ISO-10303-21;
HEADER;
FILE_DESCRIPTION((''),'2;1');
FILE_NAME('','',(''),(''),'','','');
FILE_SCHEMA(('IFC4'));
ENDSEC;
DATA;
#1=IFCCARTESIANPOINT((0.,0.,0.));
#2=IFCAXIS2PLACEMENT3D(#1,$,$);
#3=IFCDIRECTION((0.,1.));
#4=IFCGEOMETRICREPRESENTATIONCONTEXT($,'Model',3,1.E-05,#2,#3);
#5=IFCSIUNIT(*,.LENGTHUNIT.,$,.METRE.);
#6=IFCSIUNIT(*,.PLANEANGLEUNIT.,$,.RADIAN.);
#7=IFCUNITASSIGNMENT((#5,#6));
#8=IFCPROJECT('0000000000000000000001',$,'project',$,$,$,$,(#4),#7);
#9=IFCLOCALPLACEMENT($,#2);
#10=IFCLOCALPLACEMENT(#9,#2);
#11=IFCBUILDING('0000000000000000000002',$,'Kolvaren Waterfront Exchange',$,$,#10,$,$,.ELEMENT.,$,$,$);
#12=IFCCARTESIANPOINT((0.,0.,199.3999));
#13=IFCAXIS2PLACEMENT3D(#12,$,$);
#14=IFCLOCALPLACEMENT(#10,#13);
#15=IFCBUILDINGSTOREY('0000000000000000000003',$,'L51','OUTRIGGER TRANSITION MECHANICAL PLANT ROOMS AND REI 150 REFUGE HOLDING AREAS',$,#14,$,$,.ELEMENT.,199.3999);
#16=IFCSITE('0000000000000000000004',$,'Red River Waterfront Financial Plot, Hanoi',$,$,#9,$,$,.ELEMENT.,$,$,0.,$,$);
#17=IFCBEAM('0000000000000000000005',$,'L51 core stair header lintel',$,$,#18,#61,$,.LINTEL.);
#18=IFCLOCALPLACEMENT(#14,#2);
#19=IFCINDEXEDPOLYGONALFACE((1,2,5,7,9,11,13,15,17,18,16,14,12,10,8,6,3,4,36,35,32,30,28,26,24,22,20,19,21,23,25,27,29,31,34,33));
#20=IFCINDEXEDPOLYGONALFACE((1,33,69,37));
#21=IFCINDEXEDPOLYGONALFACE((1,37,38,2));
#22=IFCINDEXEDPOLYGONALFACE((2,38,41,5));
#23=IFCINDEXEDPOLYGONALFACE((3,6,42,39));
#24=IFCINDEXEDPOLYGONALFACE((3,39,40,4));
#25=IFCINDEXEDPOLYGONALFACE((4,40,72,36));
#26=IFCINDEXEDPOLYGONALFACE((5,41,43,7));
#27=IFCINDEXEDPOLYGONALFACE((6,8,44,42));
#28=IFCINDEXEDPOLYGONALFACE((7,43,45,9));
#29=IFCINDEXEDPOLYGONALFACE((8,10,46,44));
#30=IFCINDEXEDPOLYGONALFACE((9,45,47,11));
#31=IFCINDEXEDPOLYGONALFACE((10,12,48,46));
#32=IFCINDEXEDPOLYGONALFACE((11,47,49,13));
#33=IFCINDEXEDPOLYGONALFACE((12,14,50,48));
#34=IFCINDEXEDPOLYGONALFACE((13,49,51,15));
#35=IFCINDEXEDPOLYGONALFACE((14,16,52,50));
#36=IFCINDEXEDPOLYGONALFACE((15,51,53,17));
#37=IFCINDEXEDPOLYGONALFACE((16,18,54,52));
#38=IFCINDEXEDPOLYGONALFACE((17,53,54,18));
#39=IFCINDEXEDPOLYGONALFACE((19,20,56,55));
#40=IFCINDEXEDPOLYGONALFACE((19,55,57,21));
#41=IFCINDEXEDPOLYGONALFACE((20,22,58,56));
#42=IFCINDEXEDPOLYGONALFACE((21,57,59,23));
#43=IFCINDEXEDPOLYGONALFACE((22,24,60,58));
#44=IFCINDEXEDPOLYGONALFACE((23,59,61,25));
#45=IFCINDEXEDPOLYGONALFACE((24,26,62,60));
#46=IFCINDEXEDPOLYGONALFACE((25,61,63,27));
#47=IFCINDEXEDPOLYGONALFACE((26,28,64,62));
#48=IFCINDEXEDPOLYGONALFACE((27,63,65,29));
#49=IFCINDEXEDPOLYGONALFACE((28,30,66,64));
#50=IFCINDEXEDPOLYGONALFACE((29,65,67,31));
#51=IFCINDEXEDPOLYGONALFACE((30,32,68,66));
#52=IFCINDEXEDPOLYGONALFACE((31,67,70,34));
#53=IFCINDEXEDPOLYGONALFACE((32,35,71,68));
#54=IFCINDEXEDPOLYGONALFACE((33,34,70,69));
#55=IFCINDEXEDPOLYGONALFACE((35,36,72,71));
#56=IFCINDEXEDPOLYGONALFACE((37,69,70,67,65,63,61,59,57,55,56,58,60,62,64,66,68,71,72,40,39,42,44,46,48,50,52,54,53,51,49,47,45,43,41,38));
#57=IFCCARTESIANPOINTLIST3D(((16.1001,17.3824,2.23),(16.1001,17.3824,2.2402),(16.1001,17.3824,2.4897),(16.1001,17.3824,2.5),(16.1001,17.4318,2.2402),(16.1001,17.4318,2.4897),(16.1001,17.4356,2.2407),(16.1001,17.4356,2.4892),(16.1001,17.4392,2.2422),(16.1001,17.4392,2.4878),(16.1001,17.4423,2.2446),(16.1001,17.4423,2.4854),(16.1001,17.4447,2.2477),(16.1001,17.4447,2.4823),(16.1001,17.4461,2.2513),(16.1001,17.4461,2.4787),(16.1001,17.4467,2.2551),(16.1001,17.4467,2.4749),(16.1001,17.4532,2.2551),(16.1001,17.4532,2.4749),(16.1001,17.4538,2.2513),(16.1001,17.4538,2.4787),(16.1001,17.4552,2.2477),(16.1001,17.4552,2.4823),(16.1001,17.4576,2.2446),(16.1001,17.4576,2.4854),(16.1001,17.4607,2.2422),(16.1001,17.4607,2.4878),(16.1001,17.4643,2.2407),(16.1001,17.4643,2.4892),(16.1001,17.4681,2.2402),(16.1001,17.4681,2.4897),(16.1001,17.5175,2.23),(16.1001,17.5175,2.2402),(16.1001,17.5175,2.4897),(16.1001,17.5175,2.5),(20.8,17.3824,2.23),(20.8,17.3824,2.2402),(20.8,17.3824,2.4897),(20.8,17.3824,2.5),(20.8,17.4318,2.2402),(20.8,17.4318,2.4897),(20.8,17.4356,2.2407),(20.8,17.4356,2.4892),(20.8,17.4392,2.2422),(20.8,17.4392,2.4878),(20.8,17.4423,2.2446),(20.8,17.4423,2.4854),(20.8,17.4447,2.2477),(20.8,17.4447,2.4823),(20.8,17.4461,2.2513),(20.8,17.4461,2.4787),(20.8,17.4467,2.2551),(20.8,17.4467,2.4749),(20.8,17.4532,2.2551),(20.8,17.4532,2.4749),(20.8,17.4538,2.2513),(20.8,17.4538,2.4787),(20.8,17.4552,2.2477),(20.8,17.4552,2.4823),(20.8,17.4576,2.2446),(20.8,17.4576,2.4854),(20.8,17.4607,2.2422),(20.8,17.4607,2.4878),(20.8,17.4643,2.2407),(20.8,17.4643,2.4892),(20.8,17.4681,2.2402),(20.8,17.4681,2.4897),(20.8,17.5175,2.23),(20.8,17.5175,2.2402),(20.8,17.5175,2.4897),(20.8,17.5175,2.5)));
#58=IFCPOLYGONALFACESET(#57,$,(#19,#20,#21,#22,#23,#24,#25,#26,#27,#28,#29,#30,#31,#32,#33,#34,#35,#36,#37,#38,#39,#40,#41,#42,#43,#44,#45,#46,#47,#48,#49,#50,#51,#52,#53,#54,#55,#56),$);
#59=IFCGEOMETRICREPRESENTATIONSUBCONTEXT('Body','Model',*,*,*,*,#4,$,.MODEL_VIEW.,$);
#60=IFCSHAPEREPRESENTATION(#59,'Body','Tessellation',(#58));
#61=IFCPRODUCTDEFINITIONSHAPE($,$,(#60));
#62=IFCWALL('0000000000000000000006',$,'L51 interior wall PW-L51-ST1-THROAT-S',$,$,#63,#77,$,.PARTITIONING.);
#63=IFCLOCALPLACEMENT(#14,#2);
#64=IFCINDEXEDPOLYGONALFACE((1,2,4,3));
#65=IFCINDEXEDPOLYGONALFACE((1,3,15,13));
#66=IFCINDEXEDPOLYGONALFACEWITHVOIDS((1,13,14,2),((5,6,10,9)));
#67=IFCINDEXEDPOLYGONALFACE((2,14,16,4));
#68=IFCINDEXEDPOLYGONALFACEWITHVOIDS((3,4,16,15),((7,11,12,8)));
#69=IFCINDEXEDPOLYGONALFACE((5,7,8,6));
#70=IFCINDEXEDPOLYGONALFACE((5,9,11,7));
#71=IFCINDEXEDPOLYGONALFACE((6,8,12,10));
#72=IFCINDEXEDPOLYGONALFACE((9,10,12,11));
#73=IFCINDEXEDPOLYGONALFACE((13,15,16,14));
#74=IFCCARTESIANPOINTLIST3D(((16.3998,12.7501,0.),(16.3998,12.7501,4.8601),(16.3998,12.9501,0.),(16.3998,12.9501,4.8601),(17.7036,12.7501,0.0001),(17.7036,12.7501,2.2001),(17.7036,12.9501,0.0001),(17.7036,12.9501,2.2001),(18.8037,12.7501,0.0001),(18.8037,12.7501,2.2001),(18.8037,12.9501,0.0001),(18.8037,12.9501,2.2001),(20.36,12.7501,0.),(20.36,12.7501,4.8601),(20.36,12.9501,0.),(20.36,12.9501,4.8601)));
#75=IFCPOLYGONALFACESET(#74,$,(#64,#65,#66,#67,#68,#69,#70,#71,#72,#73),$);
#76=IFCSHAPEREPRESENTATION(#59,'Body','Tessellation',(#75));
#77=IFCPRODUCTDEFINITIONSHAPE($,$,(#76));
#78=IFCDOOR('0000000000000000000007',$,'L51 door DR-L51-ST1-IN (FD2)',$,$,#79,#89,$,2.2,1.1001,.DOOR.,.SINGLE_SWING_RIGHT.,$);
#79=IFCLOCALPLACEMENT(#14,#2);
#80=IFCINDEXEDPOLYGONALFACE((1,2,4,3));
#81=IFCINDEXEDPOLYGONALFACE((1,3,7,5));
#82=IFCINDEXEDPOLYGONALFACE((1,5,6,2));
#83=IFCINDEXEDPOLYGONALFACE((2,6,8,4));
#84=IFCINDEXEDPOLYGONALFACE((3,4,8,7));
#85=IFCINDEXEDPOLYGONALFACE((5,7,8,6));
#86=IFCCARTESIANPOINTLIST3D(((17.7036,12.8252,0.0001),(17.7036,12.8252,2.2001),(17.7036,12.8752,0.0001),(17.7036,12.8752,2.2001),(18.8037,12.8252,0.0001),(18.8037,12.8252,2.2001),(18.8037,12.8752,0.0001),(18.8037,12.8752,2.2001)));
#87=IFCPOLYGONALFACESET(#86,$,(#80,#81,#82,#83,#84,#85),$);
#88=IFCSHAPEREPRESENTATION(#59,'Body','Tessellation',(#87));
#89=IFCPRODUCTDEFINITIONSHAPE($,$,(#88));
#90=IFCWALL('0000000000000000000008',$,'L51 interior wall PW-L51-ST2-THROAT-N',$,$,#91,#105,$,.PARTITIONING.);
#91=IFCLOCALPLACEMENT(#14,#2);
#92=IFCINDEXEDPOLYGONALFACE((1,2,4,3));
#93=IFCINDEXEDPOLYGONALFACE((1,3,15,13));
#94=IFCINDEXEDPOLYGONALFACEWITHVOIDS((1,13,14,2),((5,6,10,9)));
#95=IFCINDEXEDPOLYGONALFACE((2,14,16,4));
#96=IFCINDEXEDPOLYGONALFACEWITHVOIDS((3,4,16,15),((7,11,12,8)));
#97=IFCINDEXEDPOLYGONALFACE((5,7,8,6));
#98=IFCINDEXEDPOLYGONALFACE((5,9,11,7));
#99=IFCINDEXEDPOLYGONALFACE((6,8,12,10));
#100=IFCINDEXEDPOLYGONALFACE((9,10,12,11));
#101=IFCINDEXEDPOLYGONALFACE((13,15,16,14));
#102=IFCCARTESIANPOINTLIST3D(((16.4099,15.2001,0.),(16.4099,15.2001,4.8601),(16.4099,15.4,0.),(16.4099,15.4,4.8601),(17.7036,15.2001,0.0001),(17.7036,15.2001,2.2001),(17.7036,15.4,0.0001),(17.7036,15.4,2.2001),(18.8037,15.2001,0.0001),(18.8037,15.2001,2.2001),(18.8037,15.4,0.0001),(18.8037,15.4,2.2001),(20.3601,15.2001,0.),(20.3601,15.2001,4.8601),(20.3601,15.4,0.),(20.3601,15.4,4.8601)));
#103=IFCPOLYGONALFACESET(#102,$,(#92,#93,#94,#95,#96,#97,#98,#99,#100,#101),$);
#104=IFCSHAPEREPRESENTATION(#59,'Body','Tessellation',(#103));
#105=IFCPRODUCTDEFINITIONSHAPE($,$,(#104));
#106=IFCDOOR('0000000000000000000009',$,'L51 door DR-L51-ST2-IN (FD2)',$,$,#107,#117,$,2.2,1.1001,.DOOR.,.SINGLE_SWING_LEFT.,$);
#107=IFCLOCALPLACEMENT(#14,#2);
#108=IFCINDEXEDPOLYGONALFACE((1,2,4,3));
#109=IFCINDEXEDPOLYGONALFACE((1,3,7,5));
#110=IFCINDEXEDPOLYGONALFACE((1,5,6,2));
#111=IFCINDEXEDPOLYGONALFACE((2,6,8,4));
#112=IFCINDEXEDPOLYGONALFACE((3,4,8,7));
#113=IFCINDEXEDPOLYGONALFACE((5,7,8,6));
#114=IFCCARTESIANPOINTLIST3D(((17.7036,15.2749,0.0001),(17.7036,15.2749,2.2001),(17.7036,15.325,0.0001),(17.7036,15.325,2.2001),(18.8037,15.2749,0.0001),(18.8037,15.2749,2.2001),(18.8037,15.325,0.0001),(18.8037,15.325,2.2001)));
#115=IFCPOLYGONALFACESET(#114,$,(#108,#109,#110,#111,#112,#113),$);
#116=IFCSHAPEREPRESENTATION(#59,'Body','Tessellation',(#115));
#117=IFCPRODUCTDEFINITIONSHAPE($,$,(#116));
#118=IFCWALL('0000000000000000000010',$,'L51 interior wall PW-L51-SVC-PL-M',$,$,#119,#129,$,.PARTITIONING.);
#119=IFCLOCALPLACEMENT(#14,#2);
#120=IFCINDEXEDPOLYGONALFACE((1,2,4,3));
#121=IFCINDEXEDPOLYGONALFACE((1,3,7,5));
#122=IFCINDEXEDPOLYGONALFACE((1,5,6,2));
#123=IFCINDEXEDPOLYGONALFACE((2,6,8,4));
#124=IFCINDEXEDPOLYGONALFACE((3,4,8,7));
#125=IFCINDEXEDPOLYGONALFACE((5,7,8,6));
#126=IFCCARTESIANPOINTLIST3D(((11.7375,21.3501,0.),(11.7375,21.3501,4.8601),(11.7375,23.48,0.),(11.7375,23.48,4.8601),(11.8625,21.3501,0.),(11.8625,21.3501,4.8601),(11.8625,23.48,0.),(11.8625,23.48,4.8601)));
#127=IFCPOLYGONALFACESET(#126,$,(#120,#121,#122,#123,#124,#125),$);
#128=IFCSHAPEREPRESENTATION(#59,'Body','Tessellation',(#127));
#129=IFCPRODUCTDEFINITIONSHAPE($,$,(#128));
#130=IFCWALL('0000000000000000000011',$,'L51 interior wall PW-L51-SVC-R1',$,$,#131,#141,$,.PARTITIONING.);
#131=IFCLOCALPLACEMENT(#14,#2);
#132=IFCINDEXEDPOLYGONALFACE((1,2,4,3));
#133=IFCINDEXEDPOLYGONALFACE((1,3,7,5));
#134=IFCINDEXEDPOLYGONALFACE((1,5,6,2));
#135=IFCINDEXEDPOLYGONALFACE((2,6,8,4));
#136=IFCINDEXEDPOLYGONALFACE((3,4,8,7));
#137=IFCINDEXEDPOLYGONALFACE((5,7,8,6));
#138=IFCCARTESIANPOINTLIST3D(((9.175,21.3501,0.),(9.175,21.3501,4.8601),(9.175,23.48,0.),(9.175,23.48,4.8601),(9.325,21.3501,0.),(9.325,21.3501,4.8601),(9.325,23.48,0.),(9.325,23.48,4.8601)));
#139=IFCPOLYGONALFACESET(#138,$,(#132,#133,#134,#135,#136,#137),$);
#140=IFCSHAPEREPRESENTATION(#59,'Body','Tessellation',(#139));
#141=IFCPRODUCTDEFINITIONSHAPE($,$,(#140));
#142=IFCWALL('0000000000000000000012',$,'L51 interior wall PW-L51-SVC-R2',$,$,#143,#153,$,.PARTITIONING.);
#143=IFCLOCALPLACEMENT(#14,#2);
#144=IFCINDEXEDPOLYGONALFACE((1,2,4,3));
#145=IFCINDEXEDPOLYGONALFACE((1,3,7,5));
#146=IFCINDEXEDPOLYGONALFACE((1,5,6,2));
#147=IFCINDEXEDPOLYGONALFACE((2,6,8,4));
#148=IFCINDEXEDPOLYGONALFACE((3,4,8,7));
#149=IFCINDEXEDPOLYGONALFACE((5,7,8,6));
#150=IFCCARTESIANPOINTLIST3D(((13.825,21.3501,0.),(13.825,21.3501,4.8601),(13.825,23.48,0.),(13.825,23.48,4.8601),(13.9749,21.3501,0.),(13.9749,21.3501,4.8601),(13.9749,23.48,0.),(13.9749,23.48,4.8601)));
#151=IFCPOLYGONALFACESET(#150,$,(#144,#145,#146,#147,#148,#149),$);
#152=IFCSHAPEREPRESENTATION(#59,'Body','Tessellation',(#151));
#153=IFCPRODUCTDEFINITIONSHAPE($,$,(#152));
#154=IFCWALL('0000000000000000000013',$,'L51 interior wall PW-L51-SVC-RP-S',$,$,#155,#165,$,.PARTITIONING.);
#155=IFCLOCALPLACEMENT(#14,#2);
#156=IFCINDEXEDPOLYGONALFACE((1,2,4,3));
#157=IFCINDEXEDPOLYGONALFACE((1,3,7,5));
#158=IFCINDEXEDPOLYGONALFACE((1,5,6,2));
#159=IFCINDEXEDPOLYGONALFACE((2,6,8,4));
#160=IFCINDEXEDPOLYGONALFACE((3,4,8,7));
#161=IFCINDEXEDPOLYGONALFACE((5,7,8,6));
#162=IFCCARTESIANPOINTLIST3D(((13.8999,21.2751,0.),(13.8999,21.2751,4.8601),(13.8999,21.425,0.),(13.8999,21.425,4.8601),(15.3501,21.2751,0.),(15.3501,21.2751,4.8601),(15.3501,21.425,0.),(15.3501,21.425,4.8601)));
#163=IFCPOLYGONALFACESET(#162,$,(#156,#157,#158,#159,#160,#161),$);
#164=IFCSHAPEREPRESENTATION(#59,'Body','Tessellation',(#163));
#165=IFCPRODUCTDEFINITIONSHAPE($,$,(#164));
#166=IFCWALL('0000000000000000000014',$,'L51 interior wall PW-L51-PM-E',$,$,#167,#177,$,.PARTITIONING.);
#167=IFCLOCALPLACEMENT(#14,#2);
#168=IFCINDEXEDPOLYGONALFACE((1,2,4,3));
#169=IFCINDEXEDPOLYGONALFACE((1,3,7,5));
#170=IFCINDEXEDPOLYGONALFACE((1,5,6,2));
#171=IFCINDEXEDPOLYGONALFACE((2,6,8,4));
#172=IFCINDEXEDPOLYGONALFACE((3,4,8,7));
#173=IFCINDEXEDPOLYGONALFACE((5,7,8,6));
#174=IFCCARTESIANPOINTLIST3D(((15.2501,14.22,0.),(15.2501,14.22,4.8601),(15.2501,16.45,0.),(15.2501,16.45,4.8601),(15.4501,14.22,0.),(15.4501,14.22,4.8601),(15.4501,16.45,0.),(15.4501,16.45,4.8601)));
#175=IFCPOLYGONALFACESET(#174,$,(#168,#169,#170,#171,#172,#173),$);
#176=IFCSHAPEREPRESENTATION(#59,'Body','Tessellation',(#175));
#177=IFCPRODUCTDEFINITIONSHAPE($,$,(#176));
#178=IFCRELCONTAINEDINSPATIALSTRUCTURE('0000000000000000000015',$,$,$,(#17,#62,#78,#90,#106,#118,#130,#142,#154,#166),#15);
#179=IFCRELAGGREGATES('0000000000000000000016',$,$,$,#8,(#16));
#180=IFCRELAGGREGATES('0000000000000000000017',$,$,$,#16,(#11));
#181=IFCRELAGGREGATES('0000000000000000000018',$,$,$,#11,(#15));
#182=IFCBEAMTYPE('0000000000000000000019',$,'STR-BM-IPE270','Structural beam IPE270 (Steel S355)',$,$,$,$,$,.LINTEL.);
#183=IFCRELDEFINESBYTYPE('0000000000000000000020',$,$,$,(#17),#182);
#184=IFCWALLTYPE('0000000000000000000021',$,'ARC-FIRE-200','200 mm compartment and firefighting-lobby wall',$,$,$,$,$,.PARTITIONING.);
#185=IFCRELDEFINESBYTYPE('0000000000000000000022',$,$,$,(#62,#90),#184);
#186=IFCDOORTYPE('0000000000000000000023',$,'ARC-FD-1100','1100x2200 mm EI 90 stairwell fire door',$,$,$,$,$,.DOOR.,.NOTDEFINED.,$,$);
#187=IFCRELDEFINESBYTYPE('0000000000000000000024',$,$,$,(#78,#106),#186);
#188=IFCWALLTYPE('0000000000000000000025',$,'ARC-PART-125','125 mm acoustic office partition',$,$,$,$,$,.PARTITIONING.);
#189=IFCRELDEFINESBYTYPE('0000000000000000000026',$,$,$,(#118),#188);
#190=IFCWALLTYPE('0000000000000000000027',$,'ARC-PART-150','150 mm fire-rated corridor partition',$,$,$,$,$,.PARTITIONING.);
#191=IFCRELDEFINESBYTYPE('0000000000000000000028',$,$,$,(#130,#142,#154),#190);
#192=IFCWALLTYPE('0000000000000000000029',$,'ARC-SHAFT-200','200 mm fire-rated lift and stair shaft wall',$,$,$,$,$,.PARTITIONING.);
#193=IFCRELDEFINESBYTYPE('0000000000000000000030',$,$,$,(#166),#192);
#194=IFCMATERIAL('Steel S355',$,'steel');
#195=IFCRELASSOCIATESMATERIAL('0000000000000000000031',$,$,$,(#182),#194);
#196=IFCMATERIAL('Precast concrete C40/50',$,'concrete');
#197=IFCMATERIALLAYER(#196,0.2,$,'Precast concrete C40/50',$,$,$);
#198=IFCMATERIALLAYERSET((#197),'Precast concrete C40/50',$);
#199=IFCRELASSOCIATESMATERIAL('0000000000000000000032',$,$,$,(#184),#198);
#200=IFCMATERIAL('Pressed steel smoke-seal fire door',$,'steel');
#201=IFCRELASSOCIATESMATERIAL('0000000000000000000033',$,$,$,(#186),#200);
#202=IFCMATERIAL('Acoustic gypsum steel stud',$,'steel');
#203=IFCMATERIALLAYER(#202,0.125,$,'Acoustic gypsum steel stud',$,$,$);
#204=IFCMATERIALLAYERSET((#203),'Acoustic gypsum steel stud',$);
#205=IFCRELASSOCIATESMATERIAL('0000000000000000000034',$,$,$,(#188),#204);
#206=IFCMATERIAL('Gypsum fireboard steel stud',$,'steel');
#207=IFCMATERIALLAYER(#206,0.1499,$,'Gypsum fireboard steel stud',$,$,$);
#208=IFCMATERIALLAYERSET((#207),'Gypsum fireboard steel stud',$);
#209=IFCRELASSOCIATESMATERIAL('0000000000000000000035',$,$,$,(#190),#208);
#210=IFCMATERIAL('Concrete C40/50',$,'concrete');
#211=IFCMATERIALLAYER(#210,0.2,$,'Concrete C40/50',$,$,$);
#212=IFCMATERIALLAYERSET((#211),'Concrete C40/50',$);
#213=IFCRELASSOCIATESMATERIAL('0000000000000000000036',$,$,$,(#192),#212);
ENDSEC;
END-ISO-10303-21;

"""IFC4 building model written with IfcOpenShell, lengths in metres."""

from ifc_helpers import new_model, si_unit, direction, frame, frame_2d, origin, origin_2d, place, context, subcontext, project, spatial, rectangle, i_section, extrude, material, layer, layer_set, material_profile, profile_set, type_object, element, fill, save


model = new_model("IFC4")

# Units and contexts
model_context = context("Model", 3, precision=1e-05, world=origin(), true_north=direction((0.0, 1.0)))
body_context = subcontext(model_context, "Body", "Model", "MODEL_VIEW")
ifc_project = project(units=[si_unit("LENGTHUNIT", "METRE"), si_unit("PLANEANGLEUNIT", "RADIAN")], contexts=[model_context])

# Site, building, storey
site_placement = place(None, origin())
site = spatial("IfcSite", under=ifc_project, at=site_placement, Name="Red River Waterfront Financial Plot, Hanoi", CompositionType="ELEMENT", RefElevation=0.0)
building_placement = place(site_placement, origin())
building = spatial("IfcBuilding", under=site, at=building_placement, Name="Kolvaren Waterfront Exchange", CompositionType="ELEMENT")
storey_placement = place(building_placement, frame((0.0, 0.0, 199.3999)))
storey = spatial("IfcBuildingStorey", under=building, at=storey_placement, Name="L51", Description="OUTRIGGER TRANSITION MECHANICAL PLANT ROOMS AND REI 150 REFUGE HOLDING AREAS", CompositionType="ELEMENT", Elevation=199.3999)

# Beam
ifc_material_1 = material(Name="Steel S355", Category="steel")
ifc_material_profile = material_profile(ifc_material_1, i_section(OverallWidth=0.135, OverallDepth=0.27, WebThickness=0.0066, FlangeThickness=0.0103, FilletRadius=0.0149, at=origin_2d()), Name="IPE270")
ifc_profile_set = profile_set([ifc_material_profile], Name="Steel S355")
beam_type = type_object("IfcBeamType", Name="STR-BM-IPE270", Description="Structural beam IPE270 (Steel S355)", PredefinedType="LINTEL", material=ifc_profile_set)
beam_placement = place(storey_placement, frame((16.1001, 17.45, 2.365), z_axis=(1.0, 0.0, 0.0), x_axis=(0.0, 1.0, 0.0)))
element("IfcBeam", 1, at=beam_placement, inside=storey, type_object=beam_type, Name="L51 core stair header lintel", PredefinedType="LINTEL", context=body_context, shape_type="SweptSolid", body=[
    extrude(i_section(OverallWidth=0.135, OverallDepth=0.27, WebThickness=0.0066, FlangeThickness=0.0103, FilletRadius=0.0149, at=origin_2d()), origin(), (0.0, 0.0, 1.0), 4.7),
])

# Walls, openings, doors
ifc_material_2 = material(Name="Precast concrete C40/50", Category="concrete")
ifc_layer_1 = layer(ifc_material_2, 0.2, Name="Precast concrete C40/50")
ifc_layer_set_1 = layer_set([ifc_layer_1], Name="Precast concrete C40/50")
wall_type_1 = type_object("IfcWallType", Name="ARC-FIRE-200", Description="200 mm compartment and firefighting-lobby wall", PredefinedType="PARTITIONING", material=ifc_layer_set_1)
wall_1_placement = place(storey_placement, frame((16.3999, 12.8501, 0.0), z_axis=(0.0, 0.0, 1.0), x_axis=(1.0, 0.0, 0.0)))
wall_1 = element("IfcWall", 2, at=wall_1_placement, inside=storey, type_object=wall_type_1, Name="L51 interior wall PW-L51-ST1-THROAT-S", PredefinedType="PARTITIONING", context=body_context, shape_type="SweptSolid", body=[
    extrude(rectangle(XDim=3.9602, YDim=0.2, at=frame_2d((1.98, 0.0))), origin(), (0.0, 0.0, 1.0), 4.8601),
])
opening_1_placement = place(wall_1_placement, frame((1.3037, 0.0, 0.0)))
opening_1 = element("IfcOpeningElement", 3, at=opening_1_placement, cuts=wall_1, PredefinedType="OPENING", context=body_context, shape_type="SweptSolid", body=[
    extrude(rectangle(XDim=1.1001, YDim=2.2, at=frame_2d((0.55, 1.1001))), frame((0.0, 0.1099, 0.0), z_axis=(0.0, -1.0, 0.0), x_axis=(1.0, 0.0, 0.0)), (0.0, 0.0, 1.0), 0.22),
])
ifc_material_3 = material(Name="Pressed steel smoke-seal fire door", Category="steel")
door_type_1 = type_object("IfcDoorType", Name="ARC-FD-1100", Description="1100x2200 mm EI 90 stairwell fire door", OperationType="NOTDEFINED", PredefinedType="DOOR", material=ifc_material_3)
door_1_placement = place(opening_1_placement, frame((1.1001, 0.0, 0.0), z_axis=(0.0, 0.0, 1.0), x_axis=(-1.0, 0.0, 0.0)))
door_1 = element("IfcDoor", 4, at=door_1_placement, inside=storey, type_object=door_type_1, Name="L51 door DR-L51-ST1-IN (FD2)", OperationType="SINGLE_SWING_RIGHT", OverallHeight=2.2, OverallWidth=1.1001, PredefinedType="DOOR", context=body_context, shape_type="SweptSolid", body=[
    extrude(rectangle(XDim=1.1001, YDim=2.2, at=frame_2d((0.55, 1.1001))), frame((0.0, 0.0249, 0.0), z_axis=(0.0, -1.0, 0.0), x_axis=(1.0, 0.0, 0.0)), (0.0, 0.0, 1.0), 0.05),
])
fill(opening_1, door_1)
wall_2_placement = place(storey_placement, frame((16.4099, 15.3, 0.0), z_axis=(0.0, 0.0, 1.0), x_axis=(1.0, 0.0, 0.0)))
wall_2 = element("IfcWall", 5, at=wall_2_placement, inside=storey, type_object=wall_type_1, Name="L51 interior wall PW-L51-ST2-THROAT-N", PredefinedType="PARTITIONING", context=body_context, shape_type="SweptSolid", body=[
    extrude(rectangle(XDim=3.9502, YDim=0.2, at=frame_2d((1.9751, 0.0))), origin(), (0.0, 0.0, 1.0), 4.8601),
])
opening_2_placement = place(wall_2_placement, frame((1.2937, 0.0, 0.0)))
opening_2 = element("IfcOpeningElement", 6, at=opening_2_placement, cuts=wall_2, PredefinedType="OPENING", context=body_context, shape_type="SweptSolid", body=[
    extrude(rectangle(XDim=1.1001, YDim=2.2, at=frame_2d((0.55, 1.1001))), frame((0.0, 0.1099, 0.0), z_axis=(0.0, -1.0, 0.0), x_axis=(1.0, 0.0, 0.0)), (0.0, 0.0, 1.0), 0.22),
])
door_2_placement = place(opening_2_placement, origin())
door_2 = element("IfcDoor", 7, at=door_2_placement, inside=storey, type_object=door_type_1, Name="L51 door DR-L51-ST2-IN (FD2)", OperationType="SINGLE_SWING_LEFT", OverallHeight=2.2, OverallWidth=1.1001, PredefinedType="DOOR", context=body_context, shape_type="SweptSolid", body=[
    extrude(rectangle(XDim=1.1001, YDim=2.2, at=frame_2d((0.55, 1.1001))), frame((0.0, 0.0249, 0.0), z_axis=(0.0, -1.0, 0.0), x_axis=(1.0, 0.0, 0.0)), (0.0, 0.0, 1.0), 0.05),
])
fill(opening_2, door_2)

# Shared definitions
ifc_material_4 = material(Name="Acoustic gypsum steel stud", Category="steel")
ifc_layer_2 = layer(ifc_material_4, 0.125, Name="Acoustic gypsum steel stud")
ifc_layer_set_2 = layer_set([ifc_layer_2], Name="Acoustic gypsum steel stud")
wall_type_2 = type_object("IfcWallType", Name="ARC-PART-125", Description="125 mm acoustic office partition", PredefinedType="PARTITIONING", material=ifc_layer_set_2)

# Walls
wall_3_placement = place(storey_placement, frame((11.8, 21.3501, 0.0), z_axis=(0.0, 0.0, 1.0), x_axis=(0.0, 1.0, 0.0)))
element("IfcWall", 8, at=wall_3_placement, inside=storey, type_object=wall_type_2, Name="L51 interior wall PW-L51-SVC-PL-M", PredefinedType="PARTITIONING", context=body_context, shape_type="SweptSolid", body=[
    extrude(rectangle(XDim=2.1299, YDim=0.125, at=frame_2d((1.0649, 0.0))), origin(), (0.0, 0.0, 1.0), 4.8601),
])
ifc_material_5 = material(Name="Gypsum fireboard steel stud", Category="steel")
ifc_layer_3 = layer(ifc_material_5, 0.1499, Name="Gypsum fireboard steel stud")
ifc_layer_set_3 = layer_set([ifc_layer_3], Name="Gypsum fireboard steel stud")
wall_type_3 = type_object("IfcWallType", Name="ARC-PART-150", Description="150 mm fire-rated corridor partition", PredefinedType="PARTITIONING", material=ifc_layer_set_3)
for number, where, z_axis, x_axis, name in (
    (9, (9.25, 21.3501, 0.0), (0.0, 0.0, 1.0), (0.0, 1.0, 0.0), "L51 interior wall PW-L51-SVC-R1"),
    (10, (13.8999, 21.3501, 0.0), (0.0, 0.0, 1.0), (0.0, 1.0, 0.0), "L51 interior wall PW-L51-SVC-R2"),
):
    element("IfcWall", number, at=place(storey_placement, frame(where, z_axis=z_axis, x_axis=x_axis)), inside=storey, type_object=wall_type_3, Name=name, PredefinedType="PARTITIONING", context=body_context, shape_type="SweptSolid", body=[
        extrude(rectangle(XDim=2.1299, YDim=0.1499, at=frame_2d((1.0649, 0.0))), origin(), (0.0, 0.0, 1.0), 4.8601),
    ])
wall_4_placement = place(storey_placement, frame((13.8999, 21.3501, 0.0), z_axis=(0.0, 0.0, 1.0), x_axis=(1.0, 0.0, 0.0)))
element("IfcWall", 11, at=wall_4_placement, inside=storey, type_object=wall_type_3, Name="L51 interior wall PW-L51-SVC-RP-S", PredefinedType="PARTITIONING", context=body_context, shape_type="SweptSolid", body=[
    extrude(rectangle(XDim=1.4502, YDim=0.1499, at=frame_2d((0.7251, 0.0))), origin(), (0.0, 0.0, 1.0), 4.8601),
])
ifc_material_6 = material(Name="Concrete C40/50", Category="concrete")
ifc_layer_4 = layer(ifc_material_6, 0.2, Name="Concrete C40/50")
ifc_layer_set_4 = layer_set([ifc_layer_4], Name="Concrete C40/50")
wall_type_4 = type_object("IfcWallType", Name="ARC-SHAFT-200", Description="200 mm fire-rated lift and stair shaft wall", PredefinedType="PARTITIONING", material=ifc_layer_set_4)
for number, where, z_axis, x_axis, name in (
    (12, (15.3501, 14.22, 0.0), (0.0, 0.0, 1.0), (0.0, 1.0, 0.0), "L51 interior wall PW-L51-PM-E"),
):
    element("IfcWall", number, at=place(storey_placement, frame(where, z_axis=z_axis, x_axis=x_axis)), inside=storey, type_object=wall_type_4, Name=name, PredefinedType="PARTITIONING", context=body_context, shape_type="SweptSolid", body=[
        extrude(rectangle(XDim=2.23, YDim=0.2, at=frame_2d((1.115, 0.0))), origin(), (0.0, 0.0, 1.0), 4.8601),
    ])

save(model, "model.ifc")
